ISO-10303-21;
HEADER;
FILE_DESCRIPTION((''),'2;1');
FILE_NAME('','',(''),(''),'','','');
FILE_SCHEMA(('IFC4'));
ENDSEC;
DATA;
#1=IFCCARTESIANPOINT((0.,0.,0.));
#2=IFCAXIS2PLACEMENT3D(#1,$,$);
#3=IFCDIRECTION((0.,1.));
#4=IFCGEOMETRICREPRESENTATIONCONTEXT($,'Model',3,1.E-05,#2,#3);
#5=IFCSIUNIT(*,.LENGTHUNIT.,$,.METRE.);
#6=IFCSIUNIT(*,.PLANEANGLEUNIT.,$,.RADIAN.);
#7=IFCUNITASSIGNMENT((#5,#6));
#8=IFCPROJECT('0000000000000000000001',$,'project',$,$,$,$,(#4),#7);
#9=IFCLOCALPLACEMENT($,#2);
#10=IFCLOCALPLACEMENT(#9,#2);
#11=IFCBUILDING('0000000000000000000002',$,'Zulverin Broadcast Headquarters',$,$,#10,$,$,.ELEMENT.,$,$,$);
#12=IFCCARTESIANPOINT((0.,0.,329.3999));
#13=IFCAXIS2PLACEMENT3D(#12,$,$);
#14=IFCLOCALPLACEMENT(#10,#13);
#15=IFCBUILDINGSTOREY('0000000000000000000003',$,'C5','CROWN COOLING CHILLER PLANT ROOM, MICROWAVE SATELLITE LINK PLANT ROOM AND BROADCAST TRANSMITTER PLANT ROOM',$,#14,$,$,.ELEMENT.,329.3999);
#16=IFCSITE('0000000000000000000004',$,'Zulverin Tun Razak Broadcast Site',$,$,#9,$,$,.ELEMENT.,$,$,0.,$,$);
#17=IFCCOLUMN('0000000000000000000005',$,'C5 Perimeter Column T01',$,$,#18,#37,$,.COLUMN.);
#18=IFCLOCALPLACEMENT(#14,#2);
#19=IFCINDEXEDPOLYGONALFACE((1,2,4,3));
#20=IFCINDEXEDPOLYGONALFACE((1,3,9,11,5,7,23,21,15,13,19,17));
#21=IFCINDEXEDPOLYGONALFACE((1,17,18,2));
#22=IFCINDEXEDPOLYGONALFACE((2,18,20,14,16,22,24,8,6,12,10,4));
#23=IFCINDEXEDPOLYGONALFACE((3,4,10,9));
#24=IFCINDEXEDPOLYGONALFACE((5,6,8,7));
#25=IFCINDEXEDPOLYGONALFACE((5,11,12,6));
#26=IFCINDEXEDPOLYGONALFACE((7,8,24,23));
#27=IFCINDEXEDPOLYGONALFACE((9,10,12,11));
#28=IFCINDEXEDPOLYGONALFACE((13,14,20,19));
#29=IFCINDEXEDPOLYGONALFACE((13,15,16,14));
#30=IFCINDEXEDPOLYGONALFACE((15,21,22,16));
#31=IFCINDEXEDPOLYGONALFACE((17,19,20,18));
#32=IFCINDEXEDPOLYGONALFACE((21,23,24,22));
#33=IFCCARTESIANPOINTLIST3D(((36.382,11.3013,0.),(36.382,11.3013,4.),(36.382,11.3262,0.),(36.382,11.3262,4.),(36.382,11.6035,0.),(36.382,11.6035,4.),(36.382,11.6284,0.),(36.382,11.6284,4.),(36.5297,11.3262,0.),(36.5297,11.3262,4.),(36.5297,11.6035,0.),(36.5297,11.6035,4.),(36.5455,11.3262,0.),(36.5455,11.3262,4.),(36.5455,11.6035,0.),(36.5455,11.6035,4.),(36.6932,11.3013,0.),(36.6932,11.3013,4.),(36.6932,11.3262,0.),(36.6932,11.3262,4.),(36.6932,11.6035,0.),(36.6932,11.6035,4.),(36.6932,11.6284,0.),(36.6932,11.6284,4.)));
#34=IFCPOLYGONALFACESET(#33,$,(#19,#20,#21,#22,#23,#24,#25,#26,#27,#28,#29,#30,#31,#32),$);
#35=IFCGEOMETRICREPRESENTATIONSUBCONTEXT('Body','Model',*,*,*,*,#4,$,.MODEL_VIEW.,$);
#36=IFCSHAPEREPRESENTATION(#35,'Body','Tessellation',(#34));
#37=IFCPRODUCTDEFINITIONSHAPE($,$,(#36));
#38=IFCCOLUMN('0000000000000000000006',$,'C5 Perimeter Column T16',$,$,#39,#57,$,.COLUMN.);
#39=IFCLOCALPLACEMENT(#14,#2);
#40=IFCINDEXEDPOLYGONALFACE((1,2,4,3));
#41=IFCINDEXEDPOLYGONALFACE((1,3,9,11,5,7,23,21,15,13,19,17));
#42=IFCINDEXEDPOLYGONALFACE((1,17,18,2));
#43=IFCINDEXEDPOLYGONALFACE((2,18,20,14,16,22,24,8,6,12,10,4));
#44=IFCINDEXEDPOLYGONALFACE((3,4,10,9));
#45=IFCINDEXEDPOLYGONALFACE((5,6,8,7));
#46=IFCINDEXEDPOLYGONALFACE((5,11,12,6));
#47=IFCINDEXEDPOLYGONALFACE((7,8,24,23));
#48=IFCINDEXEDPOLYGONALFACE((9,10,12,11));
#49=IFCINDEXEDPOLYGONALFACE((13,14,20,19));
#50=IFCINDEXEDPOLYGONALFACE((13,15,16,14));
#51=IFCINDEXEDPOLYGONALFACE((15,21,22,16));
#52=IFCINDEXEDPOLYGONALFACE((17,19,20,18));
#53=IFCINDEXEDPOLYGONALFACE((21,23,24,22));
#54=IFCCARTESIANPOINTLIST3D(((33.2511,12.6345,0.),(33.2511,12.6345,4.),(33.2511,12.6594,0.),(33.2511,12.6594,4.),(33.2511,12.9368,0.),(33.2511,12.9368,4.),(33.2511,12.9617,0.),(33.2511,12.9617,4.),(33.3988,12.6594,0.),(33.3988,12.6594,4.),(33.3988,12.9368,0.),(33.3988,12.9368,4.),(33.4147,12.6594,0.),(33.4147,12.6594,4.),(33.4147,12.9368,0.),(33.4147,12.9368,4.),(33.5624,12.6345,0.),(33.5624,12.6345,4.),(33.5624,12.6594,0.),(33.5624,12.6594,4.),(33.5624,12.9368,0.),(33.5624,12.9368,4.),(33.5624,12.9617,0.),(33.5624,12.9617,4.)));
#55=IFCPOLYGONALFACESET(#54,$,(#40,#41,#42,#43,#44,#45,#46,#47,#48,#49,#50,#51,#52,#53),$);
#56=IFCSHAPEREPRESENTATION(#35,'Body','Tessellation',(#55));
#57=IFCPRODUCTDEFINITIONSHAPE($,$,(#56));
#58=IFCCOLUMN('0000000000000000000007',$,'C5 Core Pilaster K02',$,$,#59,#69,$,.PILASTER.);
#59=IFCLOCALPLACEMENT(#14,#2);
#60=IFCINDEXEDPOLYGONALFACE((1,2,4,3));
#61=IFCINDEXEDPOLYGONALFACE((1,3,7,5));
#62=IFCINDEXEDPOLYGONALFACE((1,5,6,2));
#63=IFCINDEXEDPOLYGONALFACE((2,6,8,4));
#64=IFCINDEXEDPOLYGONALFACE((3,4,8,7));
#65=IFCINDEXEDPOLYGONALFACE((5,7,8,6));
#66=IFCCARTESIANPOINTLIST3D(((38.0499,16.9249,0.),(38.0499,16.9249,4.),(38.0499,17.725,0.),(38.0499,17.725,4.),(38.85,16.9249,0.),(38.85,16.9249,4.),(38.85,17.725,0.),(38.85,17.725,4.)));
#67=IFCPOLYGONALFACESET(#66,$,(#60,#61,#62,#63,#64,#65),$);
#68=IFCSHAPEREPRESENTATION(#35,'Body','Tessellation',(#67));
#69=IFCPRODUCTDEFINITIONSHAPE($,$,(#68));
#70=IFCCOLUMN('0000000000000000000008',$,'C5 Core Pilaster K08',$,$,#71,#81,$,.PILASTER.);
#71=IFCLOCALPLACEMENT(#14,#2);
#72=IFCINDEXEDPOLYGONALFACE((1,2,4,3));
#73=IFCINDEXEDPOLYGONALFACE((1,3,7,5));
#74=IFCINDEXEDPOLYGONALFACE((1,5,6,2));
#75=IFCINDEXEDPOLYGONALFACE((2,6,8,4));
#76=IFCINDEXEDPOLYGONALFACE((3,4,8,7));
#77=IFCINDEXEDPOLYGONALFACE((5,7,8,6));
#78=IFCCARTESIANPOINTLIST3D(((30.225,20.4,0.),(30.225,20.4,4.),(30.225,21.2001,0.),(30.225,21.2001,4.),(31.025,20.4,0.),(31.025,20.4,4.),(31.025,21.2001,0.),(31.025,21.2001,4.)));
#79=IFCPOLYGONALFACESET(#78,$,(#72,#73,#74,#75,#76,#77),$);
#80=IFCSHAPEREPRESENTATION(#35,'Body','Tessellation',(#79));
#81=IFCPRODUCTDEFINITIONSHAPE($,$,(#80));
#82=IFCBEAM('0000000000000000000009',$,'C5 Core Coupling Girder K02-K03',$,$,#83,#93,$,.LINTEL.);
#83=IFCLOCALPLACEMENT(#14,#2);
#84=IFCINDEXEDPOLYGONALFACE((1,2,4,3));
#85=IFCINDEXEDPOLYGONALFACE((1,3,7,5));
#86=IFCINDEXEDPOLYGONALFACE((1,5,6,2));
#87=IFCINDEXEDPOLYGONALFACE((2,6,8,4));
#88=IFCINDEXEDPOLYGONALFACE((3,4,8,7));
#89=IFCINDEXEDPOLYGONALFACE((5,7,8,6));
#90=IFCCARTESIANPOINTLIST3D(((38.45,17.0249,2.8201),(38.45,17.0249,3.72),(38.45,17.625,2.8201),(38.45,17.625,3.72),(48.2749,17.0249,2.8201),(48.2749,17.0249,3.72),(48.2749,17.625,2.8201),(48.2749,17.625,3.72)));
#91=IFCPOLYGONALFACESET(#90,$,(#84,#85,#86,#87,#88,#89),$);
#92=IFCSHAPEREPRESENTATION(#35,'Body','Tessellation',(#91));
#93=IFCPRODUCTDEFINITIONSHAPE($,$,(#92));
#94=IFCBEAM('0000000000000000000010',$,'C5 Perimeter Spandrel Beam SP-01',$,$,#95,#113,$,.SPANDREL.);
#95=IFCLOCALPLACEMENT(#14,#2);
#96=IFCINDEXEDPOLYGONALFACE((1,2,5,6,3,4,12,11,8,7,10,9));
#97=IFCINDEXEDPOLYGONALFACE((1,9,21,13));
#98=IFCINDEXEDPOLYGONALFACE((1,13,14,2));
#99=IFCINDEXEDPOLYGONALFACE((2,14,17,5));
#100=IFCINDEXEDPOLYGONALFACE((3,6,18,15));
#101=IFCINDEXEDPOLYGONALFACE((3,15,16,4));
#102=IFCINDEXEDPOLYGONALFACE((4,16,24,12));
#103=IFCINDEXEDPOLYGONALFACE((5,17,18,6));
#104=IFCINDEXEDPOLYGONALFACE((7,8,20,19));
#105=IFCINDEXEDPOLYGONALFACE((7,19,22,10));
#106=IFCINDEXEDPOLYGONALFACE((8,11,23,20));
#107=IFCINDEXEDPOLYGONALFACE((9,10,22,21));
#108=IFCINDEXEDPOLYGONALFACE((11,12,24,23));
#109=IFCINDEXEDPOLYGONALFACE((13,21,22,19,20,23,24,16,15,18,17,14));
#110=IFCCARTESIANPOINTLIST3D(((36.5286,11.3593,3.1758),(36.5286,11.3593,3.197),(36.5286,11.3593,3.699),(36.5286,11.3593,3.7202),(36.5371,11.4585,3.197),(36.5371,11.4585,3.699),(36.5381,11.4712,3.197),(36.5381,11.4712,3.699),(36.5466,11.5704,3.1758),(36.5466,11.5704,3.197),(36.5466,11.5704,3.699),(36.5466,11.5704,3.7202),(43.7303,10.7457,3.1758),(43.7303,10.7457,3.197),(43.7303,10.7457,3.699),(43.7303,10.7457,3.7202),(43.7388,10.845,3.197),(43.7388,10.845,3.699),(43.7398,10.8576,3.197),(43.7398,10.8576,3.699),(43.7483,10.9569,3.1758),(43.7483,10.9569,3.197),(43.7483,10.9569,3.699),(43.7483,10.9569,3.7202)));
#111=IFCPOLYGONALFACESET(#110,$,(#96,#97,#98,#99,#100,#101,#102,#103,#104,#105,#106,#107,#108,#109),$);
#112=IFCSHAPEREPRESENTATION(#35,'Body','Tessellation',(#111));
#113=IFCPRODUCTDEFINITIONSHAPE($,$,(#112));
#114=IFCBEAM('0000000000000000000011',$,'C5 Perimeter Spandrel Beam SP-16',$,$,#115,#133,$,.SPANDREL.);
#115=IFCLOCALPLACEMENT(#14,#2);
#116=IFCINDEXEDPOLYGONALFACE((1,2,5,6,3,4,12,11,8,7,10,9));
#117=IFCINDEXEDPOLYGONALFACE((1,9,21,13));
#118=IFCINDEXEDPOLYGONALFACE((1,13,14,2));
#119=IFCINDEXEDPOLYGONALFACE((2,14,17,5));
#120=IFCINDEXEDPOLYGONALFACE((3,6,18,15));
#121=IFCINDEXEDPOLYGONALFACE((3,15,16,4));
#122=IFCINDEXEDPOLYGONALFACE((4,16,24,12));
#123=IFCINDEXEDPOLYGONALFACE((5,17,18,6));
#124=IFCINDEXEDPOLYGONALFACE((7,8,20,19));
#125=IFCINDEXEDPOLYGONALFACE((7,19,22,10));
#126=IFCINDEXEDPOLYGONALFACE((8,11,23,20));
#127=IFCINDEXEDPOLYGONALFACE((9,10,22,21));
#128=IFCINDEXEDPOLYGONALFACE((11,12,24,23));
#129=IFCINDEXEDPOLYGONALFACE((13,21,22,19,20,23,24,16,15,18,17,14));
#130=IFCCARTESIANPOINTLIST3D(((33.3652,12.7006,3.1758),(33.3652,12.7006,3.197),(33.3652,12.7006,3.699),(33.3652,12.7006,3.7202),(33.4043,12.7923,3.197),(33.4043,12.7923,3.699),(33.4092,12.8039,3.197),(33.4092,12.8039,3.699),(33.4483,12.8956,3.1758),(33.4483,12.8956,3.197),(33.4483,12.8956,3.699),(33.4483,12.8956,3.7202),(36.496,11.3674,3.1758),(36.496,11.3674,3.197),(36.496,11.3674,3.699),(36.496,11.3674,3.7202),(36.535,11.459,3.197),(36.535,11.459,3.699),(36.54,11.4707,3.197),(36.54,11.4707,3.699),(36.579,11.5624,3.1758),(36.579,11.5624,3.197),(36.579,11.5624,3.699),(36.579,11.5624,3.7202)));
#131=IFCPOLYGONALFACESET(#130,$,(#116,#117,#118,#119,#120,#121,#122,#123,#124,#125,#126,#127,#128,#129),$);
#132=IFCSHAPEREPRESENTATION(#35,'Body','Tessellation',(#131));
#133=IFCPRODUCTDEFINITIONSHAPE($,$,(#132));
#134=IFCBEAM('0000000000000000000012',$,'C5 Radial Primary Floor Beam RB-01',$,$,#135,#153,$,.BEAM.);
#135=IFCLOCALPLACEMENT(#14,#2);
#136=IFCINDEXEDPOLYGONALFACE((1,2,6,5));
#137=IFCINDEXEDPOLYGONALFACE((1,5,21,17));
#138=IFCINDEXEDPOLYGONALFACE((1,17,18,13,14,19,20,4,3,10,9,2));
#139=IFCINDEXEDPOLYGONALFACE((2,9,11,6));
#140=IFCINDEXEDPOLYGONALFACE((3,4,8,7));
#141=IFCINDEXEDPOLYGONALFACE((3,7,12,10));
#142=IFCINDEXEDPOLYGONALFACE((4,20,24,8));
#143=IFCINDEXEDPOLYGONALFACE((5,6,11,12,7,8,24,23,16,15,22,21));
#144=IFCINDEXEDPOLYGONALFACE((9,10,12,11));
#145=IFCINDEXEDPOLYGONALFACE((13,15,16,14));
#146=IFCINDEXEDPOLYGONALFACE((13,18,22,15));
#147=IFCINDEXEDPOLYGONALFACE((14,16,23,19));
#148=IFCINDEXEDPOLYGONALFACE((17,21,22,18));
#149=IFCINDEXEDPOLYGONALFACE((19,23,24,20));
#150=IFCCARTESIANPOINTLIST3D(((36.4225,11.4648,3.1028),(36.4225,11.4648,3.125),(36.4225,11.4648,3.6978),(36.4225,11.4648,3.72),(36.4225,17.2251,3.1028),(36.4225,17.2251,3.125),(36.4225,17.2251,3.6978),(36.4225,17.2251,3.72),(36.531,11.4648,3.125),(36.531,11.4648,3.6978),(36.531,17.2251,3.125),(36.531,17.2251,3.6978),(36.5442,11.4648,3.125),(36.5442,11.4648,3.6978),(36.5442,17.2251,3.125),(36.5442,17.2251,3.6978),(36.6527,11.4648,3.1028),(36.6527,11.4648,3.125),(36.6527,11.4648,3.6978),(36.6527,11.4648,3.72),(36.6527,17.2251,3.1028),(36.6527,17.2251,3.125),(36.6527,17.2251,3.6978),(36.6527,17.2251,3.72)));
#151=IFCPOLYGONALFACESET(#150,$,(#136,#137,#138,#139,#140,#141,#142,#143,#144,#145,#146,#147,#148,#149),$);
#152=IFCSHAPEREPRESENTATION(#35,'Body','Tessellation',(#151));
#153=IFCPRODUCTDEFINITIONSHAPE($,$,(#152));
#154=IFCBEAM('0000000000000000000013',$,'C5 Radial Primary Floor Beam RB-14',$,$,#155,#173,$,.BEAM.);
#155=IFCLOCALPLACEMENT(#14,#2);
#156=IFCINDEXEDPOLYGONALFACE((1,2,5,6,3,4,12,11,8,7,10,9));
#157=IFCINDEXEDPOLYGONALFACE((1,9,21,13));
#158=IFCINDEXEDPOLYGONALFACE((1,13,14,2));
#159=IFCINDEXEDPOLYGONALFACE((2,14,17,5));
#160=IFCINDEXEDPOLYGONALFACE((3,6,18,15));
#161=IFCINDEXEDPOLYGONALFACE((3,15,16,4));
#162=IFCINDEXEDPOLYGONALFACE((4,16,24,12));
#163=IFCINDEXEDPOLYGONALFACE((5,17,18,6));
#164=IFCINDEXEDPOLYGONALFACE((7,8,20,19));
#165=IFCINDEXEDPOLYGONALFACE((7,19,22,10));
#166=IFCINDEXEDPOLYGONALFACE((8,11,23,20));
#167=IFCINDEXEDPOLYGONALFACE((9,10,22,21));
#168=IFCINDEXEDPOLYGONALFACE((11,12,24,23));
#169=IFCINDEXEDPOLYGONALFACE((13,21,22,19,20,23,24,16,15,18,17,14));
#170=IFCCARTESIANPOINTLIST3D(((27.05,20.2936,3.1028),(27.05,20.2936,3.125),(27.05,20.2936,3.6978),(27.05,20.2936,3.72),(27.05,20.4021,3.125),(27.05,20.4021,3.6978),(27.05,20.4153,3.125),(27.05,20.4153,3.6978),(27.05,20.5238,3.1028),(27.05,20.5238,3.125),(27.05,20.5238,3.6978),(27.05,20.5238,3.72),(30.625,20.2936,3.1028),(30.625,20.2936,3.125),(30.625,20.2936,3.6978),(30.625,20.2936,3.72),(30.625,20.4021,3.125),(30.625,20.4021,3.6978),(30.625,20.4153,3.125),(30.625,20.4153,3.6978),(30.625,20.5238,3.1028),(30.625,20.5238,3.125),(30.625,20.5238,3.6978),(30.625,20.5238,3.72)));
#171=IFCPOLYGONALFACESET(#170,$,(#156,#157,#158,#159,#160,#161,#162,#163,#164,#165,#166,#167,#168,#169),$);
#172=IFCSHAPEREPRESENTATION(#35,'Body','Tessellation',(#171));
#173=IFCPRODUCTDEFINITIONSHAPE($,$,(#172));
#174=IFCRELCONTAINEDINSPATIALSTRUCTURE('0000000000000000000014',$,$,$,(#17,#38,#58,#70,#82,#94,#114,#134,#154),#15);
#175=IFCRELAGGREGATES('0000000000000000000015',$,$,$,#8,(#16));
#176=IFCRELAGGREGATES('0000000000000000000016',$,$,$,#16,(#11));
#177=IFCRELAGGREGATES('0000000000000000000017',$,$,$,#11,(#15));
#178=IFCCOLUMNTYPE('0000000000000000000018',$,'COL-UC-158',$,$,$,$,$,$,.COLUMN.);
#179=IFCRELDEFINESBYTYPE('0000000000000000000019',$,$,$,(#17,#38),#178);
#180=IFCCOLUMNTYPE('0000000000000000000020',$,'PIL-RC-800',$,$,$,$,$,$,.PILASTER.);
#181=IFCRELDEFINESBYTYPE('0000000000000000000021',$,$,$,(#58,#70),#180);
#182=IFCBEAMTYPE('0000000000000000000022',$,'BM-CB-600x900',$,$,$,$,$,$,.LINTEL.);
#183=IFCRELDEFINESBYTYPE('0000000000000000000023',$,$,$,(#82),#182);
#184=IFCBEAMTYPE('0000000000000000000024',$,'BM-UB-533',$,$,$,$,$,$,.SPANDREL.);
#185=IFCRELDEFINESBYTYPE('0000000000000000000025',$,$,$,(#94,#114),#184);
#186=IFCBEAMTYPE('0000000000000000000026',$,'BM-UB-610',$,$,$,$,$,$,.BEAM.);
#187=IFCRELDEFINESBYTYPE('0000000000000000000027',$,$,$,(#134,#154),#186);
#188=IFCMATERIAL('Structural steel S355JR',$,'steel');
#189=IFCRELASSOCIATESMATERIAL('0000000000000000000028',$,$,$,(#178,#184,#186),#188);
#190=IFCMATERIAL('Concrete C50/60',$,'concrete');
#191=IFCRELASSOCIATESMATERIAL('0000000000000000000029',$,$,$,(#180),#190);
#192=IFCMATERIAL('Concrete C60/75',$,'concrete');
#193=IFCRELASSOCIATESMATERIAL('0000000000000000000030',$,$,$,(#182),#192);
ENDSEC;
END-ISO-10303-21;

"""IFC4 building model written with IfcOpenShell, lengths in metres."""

from ifc_helpers import new_model, si_unit, direction, frame, origin, origin_2d, place, context, subcontext, project, spatial, rectangle, i_section, extrude, material, material_profile, profile_set, type_object, element, save


model = new_model("IFC4")

# Units and contexts
model_context = context("Model", 3, precision=1e-05, world=origin(), true_north=direction((0.0, 1.0)))
body_context = subcontext(model_context, "Body", "Model", "MODEL_VIEW")
ifc_project = project(units=[si_unit("LENGTHUNIT", "METRE"), si_unit("PLANEANGLEUNIT", "RADIAN")], contexts=[model_context])

# Site, building, storey
site_placement = place(None, origin())
site = spatial("IfcSite", under=ifc_project, at=site_placement, Name="Zulverin Tun Razak Broadcast Site", CompositionType="ELEMENT", RefElevation=0.0)
building_placement = place(site_placement, origin())
building = spatial("IfcBuilding", under=site, at=building_placement, Name="Zulverin Broadcast Headquarters", CompositionType="ELEMENT")
storey_placement = place(building_placement, frame((0.0, 0.0, 329.3999)))
storey = spatial("IfcBuildingStorey", under=building, at=storey_placement, Name="C5", Description="CROWN COOLING CHILLER PLANT ROOM, MICROWAVE SATELLITE LINK PLANT ROOM AND BROADCAST TRANSMITTER PLANT ROOM", CompositionType="ELEMENT", Elevation=329.3999)

# Columns
ifc_material_1 = material(Name="Structural steel S355JR", Category="steel")
ifc_material_profile_1 = material_profile(ifc_material_1, i_section(OverallWidth=0.3113, OverallDepth=0.3271, WebThickness=0.0159, FlangeThickness=0.0249, at=origin_2d()), Name="Structural steel S355JR", Category="steel")
ifc_profile_set_1 = profile_set([ifc_material_profile_1], Name="Structural steel S355JR")
column_type_1 = type_object("IfcColumnType", Name="COL-UC-158", PredefinedType="COLUMN", material=ifc_profile_set_1)
for number, where, z_axis, x_axis, name in (
    (1, (36.5376, 11.4648, 0.0), (0.0, 0.0, 1.0), (1.0, 0.0, 0.0), "C5 Perimeter Column T01"),
    (2, (33.4067, 12.7981, 0.0), (0.0, 0.0, 1.0), (1.0, 0.0, 0.0), "C5 Perimeter Column T16"),
):
    element("IfcColumn", number, at=place(storey_placement, frame(where, z_axis=z_axis, x_axis=x_axis)), inside=storey, type_object=column_type_1, Name=name, PredefinedType="COLUMN", context=body_context, shape_type="SweptSolid", body=[
        extrude(i_section(OverallWidth=0.3113, OverallDepth=0.3271, WebThickness=0.0159, FlangeThickness=0.0249, at=origin_2d()), origin(), (0.0, 0.0, 1.0), 4.0),
    ])
ifc_material_2 = material(Name="Concrete C50/60", Category="concrete")
ifc_material_profile_2 = material_profile(ifc_material_2, rectangle(XDim=0.8, YDim=0.8, at=origin_2d()), Name="Concrete C50/60", Category="concrete")
ifc_profile_set_2 = profile_set([ifc_material_profile_2], Name="Concrete C50/60")
column_type_2 = type_object("IfcColumnType", Name="PIL-RC-800", PredefinedType="PILASTER", material=ifc_profile_set_2)
for number, where, z_axis, x_axis, name in (
    (3, (38.45, 17.325, 0.0), (0.0, 0.0, 1.0), (1.0, 0.0, 0.0), "C5 Core Pilaster K02"),
    (4, (30.625, 20.8, 0.0), (0.0, 0.0, 1.0), (1.0, 0.0, 0.0), "C5 Core Pilaster K08"),
):
    element("IfcColumn", number, at=place(storey_placement, frame(where, z_axis=z_axis, x_axis=x_axis)), inside=storey, type_object=column_type_2, Name=name, PredefinedType="PILASTER", context=body_context, shape_type="SweptSolid", body=[
        extrude(rectangle(XDim=0.8, YDim=0.8, at=origin_2d()), origin(), (0.0, 0.0, 1.0), 4.0),
    ])

# Beams
ifc_material_3 = material(Name="Concrete C60/75", Category="concrete")
ifc_material_profile_3 = material_profile(ifc_material_3, rectangle(XDim=0.6001, YDim=0.8999, at=origin_2d()), Name="Concrete C60/75", Category="concrete")
ifc_profile_set_3 = profile_set([ifc_material_profile_3], Name="Concrete C60/75")
beam_type_1 = type_object("IfcBeamType", Name="BM-CB-600x900", PredefinedType="LINTEL", material=ifc_profile_set_3)
beam_1_placement = place(storey_placement, frame((38.45, 17.325, 3.27), z_axis=(1.0, 0.0, 0.0), x_axis=(0.0, 1.0, 0.0)))
element("IfcBeam", 5, at=beam_1_placement, inside=storey, type_object=beam_type_1, Name="C5 Core Coupling Girder K02-K03", PredefinedType="LINTEL", context=body_context, shape_type="SweptSolid", body=[
    extrude(rectangle(XDim=0.6001, YDim=0.8999, at=origin_2d()), origin(), (0.0, 0.0, 1.0), 9.825),
])
ifc_material_profile_4 = material_profile(ifc_material_1, i_section(OverallWidth=0.2119, OverallDepth=0.5444, WebThickness=0.0127, FlangeThickness=0.0212, at=origin_2d()), Name="Structural steel S355JR", Category="steel")
ifc_profile_set_4 = profile_set([ifc_material_profile_4], Name="Structural steel S355JR")
beam_type_2 = type_object("IfcBeamType", Name="BM-UB-533", PredefinedType="SPANDREL", material=ifc_profile_set_4)
beam_2_placement = place(storey_placement, frame((36.5376, 11.4648, 3.448), z_axis=(0.996391, -0.084885, 0.0), x_axis=(0.084885, 0.996391, 0.0)))
element("IfcBeam", 6, at=beam_2_placement, inside=storey, type_object=beam_type_2, Name="C5 Perimeter Spandrel Beam SP-01", PredefinedType="SPANDREL", context=body_context, shape_type="SweptSolid", body=[
    extrude(i_section(OverallWidth=0.2119, OverallDepth=0.5444, WebThickness=0.0127, FlangeThickness=0.0212, at=origin_2d()), origin(), (0.0, 0.0, 1.0), 7.2278),
])
beam_3_placement = place(storey_placement, frame((33.4067, 12.7981, 3.448), z_axis=(0.920052, -0.391797, 0.0), x_axis=(0.391797, 0.920052, 0.0)))
element("IfcBeam", 7, at=beam_3_placement, inside=storey, type_object=beam_type_2, Name="C5 Perimeter Spandrel Beam SP-16", PredefinedType="SPANDREL", context=body_context, shape_type="SweptSolid", body=[
    extrude(i_section(OverallWidth=0.2119, OverallDepth=0.5444, WebThickness=0.0127, FlangeThickness=0.0212, at=origin_2d()), origin(), (0.0, 0.0, 1.0), 3.4028),
])
ifc_material_profile_5 = material_profile(ifc_material_1, i_section(OverallWidth=0.2302, OverallDepth=0.6172, WebThickness=0.0132, FlangeThickness=0.0222, at=origin_2d()), Name="Structural steel S355JR", Category="steel")
ifc_profile_set_5 = profile_set([ifc_material_profile_5], Name="Structural steel S355JR")
beam_type_3 = type_object("IfcBeamType", Name="BM-UB-610", PredefinedType="BEAM", material=ifc_profile_set_5)
beam_4_placement = place(storey_placement, frame((36.5376, 17.2251, 3.4114), z_axis=(0.0, -1.0, 0.0), x_axis=(1.0, 0.0, 0.0)))
element("IfcBeam", 8, at=beam_4_placement, inside=storey, type_object=beam_type_3, Name="C5 Radial Primary Floor Beam RB-01", PredefinedType="BEAM", context=body_context, shape_type="SweptSolid", body=[
    extrude(i_section(OverallWidth=0.2302, OverallDepth=0.6172, WebThickness=0.0132, FlangeThickness=0.0222, at=origin_2d()), origin(), (0.0, 0.0, 1.0), 5.7603),
])
beam_5_placement = place(storey_placement, frame((30.625, 20.4087, 3.4114), z_axis=(-1.0, 0.0, 0.0), x_axis=(0.0, -1.0, 0.0)))
element("IfcBeam", 9, at=beam_5_placement, inside=storey, type_object=beam_type_3, Name="C5 Radial Primary Floor Beam RB-14", PredefinedType="BEAM", context=body_context, shape_type="SweptSolid", body=[
    extrude(i_section(OverallWidth=0.2302, OverallDepth=0.6172, WebThickness=0.0132, FlangeThickness=0.0222, at=origin_2d()), origin(), (0.0, 0.0, 1.0), 3.575),
])

save(model, "model.ifc")
